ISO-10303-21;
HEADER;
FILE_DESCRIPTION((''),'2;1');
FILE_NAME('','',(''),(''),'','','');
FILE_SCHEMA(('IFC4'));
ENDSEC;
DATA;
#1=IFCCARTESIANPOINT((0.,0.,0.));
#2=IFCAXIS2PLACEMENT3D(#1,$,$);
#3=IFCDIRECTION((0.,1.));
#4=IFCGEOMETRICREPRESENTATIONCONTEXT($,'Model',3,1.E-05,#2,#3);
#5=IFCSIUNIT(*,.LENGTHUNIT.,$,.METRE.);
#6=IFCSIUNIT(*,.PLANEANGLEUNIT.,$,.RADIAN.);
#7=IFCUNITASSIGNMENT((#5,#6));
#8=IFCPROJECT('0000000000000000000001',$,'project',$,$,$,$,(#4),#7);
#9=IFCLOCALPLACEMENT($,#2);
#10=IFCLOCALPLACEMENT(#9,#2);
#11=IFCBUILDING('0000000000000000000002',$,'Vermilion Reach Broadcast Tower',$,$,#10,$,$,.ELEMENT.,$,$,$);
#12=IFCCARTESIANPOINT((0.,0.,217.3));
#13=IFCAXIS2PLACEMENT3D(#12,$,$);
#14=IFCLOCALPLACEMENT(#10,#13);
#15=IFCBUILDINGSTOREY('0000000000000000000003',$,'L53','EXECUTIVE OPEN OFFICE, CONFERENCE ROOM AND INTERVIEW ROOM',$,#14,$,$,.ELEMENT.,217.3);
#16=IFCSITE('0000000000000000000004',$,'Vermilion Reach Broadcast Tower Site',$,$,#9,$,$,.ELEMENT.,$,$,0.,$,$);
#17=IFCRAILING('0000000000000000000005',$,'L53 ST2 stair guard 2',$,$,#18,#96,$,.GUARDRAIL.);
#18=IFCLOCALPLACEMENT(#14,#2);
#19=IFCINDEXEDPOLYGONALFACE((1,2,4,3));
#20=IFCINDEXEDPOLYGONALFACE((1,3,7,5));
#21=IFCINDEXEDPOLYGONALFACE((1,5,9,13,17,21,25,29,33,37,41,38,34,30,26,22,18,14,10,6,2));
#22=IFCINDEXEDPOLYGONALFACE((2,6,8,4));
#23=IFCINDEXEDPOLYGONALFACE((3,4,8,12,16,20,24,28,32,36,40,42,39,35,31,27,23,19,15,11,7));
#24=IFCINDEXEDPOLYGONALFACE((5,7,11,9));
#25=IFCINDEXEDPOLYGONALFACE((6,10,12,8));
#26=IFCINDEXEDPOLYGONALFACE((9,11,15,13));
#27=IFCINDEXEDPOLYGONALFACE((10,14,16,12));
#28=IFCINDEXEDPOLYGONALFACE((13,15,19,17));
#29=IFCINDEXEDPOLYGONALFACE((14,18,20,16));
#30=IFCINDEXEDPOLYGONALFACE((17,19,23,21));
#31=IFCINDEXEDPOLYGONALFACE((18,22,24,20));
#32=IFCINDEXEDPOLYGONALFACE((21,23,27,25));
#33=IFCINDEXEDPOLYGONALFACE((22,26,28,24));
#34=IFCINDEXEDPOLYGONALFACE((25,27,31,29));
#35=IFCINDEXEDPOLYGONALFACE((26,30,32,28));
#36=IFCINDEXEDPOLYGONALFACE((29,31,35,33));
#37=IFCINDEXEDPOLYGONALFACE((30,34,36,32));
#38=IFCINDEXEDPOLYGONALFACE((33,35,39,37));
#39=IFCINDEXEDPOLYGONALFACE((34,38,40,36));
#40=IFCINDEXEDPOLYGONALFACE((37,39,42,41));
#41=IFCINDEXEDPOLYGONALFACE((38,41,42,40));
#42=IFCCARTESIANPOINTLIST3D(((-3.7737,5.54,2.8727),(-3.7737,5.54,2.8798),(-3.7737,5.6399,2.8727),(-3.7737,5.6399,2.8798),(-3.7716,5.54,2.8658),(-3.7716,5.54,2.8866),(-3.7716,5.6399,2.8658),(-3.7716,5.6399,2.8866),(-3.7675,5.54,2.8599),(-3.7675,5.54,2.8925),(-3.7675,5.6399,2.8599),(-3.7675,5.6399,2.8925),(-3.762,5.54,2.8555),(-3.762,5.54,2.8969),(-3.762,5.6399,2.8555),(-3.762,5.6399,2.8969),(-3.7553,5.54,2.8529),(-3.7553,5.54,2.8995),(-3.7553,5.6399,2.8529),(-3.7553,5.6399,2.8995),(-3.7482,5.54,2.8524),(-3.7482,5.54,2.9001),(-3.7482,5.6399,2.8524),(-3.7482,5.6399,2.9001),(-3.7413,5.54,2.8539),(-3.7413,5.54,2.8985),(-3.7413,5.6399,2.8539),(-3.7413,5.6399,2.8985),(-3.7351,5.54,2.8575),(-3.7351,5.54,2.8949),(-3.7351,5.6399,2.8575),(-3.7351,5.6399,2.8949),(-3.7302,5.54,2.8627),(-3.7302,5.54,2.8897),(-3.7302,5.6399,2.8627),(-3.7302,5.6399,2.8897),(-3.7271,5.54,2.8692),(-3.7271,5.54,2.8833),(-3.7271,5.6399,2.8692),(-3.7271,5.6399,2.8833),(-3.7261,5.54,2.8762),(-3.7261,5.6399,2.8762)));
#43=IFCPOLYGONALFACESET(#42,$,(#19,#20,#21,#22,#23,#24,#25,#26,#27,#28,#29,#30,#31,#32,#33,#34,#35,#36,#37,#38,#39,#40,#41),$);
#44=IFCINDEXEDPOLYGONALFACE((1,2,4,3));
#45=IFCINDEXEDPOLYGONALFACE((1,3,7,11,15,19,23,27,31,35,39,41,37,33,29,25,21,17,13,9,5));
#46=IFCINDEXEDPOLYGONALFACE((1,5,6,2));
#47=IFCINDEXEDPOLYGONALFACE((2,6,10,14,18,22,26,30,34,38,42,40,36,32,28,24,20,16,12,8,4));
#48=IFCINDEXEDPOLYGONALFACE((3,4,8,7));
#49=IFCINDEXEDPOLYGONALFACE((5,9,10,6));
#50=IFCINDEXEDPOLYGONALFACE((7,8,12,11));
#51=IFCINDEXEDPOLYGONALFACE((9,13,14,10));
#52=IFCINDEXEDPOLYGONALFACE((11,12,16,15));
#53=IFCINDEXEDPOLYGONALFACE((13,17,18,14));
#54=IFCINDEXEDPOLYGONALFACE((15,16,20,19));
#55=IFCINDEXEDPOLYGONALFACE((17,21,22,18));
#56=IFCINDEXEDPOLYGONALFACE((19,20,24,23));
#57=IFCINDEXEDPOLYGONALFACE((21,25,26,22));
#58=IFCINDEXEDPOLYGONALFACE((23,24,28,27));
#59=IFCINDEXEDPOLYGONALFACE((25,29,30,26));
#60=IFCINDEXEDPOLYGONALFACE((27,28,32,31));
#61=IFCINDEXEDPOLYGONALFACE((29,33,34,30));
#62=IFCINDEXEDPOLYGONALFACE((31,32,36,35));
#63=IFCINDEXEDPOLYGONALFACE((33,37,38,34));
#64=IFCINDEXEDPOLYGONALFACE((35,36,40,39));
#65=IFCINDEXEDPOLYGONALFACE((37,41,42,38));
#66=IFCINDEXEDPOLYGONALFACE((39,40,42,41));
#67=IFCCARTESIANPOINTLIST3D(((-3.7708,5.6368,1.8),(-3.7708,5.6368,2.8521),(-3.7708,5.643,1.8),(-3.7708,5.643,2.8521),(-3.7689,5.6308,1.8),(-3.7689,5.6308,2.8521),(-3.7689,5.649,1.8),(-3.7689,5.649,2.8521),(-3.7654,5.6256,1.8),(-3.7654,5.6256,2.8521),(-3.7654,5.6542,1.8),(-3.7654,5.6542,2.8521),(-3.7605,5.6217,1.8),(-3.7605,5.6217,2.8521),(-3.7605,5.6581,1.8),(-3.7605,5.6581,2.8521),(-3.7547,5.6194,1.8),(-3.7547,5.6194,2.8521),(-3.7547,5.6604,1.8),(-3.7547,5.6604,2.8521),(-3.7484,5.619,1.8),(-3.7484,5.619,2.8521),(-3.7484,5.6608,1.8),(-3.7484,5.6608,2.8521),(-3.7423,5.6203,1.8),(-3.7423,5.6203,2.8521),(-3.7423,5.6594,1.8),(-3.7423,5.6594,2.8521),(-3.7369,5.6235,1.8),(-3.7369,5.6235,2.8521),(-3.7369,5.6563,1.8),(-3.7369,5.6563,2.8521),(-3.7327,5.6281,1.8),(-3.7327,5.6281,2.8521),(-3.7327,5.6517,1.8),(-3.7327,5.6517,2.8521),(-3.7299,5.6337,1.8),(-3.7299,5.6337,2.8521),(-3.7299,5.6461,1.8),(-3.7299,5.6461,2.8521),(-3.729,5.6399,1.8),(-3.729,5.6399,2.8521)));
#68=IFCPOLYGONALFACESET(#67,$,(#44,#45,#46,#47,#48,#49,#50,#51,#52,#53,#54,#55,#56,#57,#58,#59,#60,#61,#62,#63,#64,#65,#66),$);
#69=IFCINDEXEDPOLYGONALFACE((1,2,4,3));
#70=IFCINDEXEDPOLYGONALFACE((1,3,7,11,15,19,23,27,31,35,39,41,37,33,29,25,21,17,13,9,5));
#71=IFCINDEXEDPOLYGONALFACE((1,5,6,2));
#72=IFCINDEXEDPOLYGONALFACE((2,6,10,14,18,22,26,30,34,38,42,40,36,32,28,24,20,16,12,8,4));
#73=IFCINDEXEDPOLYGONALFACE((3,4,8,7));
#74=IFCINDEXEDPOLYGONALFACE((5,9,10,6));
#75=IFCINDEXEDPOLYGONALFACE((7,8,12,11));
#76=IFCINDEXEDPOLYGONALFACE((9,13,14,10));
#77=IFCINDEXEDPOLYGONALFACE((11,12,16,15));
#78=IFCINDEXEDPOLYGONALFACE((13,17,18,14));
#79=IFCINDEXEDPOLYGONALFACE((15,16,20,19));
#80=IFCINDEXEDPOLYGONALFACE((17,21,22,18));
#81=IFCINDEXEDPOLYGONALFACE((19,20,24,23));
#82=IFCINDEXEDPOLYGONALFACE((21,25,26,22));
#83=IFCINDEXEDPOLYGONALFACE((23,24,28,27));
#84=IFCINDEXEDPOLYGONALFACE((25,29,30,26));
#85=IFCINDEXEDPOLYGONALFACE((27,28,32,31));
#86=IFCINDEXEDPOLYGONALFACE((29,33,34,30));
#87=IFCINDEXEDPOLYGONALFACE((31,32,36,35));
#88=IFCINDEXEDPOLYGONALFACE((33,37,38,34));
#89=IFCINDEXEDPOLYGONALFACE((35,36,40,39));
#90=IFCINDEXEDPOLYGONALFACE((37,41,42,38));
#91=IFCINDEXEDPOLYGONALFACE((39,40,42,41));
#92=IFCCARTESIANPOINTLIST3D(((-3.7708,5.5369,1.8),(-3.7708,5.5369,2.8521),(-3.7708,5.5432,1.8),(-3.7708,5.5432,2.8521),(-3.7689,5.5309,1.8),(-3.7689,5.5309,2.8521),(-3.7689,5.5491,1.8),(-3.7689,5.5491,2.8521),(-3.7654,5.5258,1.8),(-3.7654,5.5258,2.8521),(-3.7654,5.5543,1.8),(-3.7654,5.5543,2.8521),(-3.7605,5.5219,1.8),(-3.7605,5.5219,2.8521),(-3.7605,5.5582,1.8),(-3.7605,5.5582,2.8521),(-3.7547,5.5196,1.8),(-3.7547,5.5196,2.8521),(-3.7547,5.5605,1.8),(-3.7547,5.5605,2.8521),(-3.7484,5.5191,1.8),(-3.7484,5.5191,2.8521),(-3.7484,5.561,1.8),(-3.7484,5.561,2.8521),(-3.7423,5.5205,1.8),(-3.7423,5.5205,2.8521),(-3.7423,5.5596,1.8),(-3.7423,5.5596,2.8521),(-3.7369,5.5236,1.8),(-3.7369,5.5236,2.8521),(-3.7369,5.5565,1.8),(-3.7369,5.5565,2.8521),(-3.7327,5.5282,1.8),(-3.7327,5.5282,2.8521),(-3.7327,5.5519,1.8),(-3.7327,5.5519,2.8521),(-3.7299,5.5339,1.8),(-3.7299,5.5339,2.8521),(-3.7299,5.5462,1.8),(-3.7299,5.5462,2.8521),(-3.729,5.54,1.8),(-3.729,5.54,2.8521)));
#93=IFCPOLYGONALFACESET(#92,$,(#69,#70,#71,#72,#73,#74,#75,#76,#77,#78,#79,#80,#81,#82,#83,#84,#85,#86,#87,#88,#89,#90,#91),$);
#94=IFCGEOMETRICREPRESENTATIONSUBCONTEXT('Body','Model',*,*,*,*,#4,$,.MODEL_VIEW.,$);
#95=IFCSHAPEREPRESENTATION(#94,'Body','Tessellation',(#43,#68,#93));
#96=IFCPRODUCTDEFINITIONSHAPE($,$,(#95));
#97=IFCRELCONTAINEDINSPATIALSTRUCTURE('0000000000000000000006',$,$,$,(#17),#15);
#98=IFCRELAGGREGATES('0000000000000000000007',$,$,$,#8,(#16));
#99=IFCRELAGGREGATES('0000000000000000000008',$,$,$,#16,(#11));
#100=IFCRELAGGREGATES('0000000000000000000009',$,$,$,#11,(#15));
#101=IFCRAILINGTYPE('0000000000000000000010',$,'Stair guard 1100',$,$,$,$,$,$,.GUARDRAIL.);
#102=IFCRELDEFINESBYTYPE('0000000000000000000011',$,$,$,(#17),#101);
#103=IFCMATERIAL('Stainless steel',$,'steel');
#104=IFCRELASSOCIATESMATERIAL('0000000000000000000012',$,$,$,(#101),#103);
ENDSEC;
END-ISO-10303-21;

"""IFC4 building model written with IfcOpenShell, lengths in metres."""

from ifc_helpers import new_model, si_unit, direction, frame, origin, origin_2d, place, context, subcontext, project, spatial, circle, extrude, material, type_object, element, save


model = new_model("IFC4")

# Units and contexts
model_context = context("Model", 3, precision=1e-05, world=origin(), true_north=direction((0.0, 1.0)))
body_context = subcontext(model_context, "Body", "Model", "MODEL_VIEW")
ifc_project = project(units=[si_unit("LENGTHUNIT", "METRE"), si_unit("PLANEANGLEUNIT", "RADIAN")], contexts=[model_context])

# Site, building, storey
site_placement = place(None, origin())
site = spatial("IfcSite", under=ifc_project, at=site_placement, Name="Vermilion Reach Broadcast Tower Site", CompositionType="ELEMENT", RefElevation=0.0)
building_placement = place(site_placement, origin())
building = spatial("IfcBuilding", under=site, at=building_placement, Name="Vermilion Reach Broadcast Tower", CompositionType="ELEMENT")
storey_placement = place(building_placement, frame((0.0, 0.0, 217.3)))
storey = spatial("IfcBuildingStorey", under=building, at=storey_placement, Name="L53", Description="EXECUTIVE OPEN OFFICE, CONFERENCE ROOM AND INTERVIEW ROOM", CompositionType="ELEMENT", Elevation=217.3)

# Railing
ifc_material_1 = material(Name="Stainless steel", Category="steel")
railing_type_1 = type_object("IfcRailingType", Name="Stair guard 1100", PredefinedType="GUARDRAIL", material=ifc_material_1)
railing_1_placement = place(storey_placement, frame((-3.75, 5.6399, 1.8)))
element("IfcRailing", 1, at=railing_1_placement, inside=storey, type_object=railing_type_1, Name="L53 ST2 stair guard 2", PredefinedType="GUARDRAIL", context=body_context, shape_type="SweptSolid", body=[
    extrude(circle(Radius=0.0239, at=origin_2d()), frame((0.0, 0.0, 1.0762), z_axis=(0.0, -1.0, 0.0), x_axis=(1.0, 0.0, 0.0)), (0.0, 0.0, 1.0), 0.0999),
    extrude(circle(Radius=0.021, at=origin_2d()), origin(), (0.0, 0.0, 1.0), 1.052),
    extrude(circle(Radius=0.021, at=origin_2d()), frame((0.0, -0.0999, 0.0)), (0.0, 0.0, 1.0), 1.052),
])

save(model, "model.ifc")
